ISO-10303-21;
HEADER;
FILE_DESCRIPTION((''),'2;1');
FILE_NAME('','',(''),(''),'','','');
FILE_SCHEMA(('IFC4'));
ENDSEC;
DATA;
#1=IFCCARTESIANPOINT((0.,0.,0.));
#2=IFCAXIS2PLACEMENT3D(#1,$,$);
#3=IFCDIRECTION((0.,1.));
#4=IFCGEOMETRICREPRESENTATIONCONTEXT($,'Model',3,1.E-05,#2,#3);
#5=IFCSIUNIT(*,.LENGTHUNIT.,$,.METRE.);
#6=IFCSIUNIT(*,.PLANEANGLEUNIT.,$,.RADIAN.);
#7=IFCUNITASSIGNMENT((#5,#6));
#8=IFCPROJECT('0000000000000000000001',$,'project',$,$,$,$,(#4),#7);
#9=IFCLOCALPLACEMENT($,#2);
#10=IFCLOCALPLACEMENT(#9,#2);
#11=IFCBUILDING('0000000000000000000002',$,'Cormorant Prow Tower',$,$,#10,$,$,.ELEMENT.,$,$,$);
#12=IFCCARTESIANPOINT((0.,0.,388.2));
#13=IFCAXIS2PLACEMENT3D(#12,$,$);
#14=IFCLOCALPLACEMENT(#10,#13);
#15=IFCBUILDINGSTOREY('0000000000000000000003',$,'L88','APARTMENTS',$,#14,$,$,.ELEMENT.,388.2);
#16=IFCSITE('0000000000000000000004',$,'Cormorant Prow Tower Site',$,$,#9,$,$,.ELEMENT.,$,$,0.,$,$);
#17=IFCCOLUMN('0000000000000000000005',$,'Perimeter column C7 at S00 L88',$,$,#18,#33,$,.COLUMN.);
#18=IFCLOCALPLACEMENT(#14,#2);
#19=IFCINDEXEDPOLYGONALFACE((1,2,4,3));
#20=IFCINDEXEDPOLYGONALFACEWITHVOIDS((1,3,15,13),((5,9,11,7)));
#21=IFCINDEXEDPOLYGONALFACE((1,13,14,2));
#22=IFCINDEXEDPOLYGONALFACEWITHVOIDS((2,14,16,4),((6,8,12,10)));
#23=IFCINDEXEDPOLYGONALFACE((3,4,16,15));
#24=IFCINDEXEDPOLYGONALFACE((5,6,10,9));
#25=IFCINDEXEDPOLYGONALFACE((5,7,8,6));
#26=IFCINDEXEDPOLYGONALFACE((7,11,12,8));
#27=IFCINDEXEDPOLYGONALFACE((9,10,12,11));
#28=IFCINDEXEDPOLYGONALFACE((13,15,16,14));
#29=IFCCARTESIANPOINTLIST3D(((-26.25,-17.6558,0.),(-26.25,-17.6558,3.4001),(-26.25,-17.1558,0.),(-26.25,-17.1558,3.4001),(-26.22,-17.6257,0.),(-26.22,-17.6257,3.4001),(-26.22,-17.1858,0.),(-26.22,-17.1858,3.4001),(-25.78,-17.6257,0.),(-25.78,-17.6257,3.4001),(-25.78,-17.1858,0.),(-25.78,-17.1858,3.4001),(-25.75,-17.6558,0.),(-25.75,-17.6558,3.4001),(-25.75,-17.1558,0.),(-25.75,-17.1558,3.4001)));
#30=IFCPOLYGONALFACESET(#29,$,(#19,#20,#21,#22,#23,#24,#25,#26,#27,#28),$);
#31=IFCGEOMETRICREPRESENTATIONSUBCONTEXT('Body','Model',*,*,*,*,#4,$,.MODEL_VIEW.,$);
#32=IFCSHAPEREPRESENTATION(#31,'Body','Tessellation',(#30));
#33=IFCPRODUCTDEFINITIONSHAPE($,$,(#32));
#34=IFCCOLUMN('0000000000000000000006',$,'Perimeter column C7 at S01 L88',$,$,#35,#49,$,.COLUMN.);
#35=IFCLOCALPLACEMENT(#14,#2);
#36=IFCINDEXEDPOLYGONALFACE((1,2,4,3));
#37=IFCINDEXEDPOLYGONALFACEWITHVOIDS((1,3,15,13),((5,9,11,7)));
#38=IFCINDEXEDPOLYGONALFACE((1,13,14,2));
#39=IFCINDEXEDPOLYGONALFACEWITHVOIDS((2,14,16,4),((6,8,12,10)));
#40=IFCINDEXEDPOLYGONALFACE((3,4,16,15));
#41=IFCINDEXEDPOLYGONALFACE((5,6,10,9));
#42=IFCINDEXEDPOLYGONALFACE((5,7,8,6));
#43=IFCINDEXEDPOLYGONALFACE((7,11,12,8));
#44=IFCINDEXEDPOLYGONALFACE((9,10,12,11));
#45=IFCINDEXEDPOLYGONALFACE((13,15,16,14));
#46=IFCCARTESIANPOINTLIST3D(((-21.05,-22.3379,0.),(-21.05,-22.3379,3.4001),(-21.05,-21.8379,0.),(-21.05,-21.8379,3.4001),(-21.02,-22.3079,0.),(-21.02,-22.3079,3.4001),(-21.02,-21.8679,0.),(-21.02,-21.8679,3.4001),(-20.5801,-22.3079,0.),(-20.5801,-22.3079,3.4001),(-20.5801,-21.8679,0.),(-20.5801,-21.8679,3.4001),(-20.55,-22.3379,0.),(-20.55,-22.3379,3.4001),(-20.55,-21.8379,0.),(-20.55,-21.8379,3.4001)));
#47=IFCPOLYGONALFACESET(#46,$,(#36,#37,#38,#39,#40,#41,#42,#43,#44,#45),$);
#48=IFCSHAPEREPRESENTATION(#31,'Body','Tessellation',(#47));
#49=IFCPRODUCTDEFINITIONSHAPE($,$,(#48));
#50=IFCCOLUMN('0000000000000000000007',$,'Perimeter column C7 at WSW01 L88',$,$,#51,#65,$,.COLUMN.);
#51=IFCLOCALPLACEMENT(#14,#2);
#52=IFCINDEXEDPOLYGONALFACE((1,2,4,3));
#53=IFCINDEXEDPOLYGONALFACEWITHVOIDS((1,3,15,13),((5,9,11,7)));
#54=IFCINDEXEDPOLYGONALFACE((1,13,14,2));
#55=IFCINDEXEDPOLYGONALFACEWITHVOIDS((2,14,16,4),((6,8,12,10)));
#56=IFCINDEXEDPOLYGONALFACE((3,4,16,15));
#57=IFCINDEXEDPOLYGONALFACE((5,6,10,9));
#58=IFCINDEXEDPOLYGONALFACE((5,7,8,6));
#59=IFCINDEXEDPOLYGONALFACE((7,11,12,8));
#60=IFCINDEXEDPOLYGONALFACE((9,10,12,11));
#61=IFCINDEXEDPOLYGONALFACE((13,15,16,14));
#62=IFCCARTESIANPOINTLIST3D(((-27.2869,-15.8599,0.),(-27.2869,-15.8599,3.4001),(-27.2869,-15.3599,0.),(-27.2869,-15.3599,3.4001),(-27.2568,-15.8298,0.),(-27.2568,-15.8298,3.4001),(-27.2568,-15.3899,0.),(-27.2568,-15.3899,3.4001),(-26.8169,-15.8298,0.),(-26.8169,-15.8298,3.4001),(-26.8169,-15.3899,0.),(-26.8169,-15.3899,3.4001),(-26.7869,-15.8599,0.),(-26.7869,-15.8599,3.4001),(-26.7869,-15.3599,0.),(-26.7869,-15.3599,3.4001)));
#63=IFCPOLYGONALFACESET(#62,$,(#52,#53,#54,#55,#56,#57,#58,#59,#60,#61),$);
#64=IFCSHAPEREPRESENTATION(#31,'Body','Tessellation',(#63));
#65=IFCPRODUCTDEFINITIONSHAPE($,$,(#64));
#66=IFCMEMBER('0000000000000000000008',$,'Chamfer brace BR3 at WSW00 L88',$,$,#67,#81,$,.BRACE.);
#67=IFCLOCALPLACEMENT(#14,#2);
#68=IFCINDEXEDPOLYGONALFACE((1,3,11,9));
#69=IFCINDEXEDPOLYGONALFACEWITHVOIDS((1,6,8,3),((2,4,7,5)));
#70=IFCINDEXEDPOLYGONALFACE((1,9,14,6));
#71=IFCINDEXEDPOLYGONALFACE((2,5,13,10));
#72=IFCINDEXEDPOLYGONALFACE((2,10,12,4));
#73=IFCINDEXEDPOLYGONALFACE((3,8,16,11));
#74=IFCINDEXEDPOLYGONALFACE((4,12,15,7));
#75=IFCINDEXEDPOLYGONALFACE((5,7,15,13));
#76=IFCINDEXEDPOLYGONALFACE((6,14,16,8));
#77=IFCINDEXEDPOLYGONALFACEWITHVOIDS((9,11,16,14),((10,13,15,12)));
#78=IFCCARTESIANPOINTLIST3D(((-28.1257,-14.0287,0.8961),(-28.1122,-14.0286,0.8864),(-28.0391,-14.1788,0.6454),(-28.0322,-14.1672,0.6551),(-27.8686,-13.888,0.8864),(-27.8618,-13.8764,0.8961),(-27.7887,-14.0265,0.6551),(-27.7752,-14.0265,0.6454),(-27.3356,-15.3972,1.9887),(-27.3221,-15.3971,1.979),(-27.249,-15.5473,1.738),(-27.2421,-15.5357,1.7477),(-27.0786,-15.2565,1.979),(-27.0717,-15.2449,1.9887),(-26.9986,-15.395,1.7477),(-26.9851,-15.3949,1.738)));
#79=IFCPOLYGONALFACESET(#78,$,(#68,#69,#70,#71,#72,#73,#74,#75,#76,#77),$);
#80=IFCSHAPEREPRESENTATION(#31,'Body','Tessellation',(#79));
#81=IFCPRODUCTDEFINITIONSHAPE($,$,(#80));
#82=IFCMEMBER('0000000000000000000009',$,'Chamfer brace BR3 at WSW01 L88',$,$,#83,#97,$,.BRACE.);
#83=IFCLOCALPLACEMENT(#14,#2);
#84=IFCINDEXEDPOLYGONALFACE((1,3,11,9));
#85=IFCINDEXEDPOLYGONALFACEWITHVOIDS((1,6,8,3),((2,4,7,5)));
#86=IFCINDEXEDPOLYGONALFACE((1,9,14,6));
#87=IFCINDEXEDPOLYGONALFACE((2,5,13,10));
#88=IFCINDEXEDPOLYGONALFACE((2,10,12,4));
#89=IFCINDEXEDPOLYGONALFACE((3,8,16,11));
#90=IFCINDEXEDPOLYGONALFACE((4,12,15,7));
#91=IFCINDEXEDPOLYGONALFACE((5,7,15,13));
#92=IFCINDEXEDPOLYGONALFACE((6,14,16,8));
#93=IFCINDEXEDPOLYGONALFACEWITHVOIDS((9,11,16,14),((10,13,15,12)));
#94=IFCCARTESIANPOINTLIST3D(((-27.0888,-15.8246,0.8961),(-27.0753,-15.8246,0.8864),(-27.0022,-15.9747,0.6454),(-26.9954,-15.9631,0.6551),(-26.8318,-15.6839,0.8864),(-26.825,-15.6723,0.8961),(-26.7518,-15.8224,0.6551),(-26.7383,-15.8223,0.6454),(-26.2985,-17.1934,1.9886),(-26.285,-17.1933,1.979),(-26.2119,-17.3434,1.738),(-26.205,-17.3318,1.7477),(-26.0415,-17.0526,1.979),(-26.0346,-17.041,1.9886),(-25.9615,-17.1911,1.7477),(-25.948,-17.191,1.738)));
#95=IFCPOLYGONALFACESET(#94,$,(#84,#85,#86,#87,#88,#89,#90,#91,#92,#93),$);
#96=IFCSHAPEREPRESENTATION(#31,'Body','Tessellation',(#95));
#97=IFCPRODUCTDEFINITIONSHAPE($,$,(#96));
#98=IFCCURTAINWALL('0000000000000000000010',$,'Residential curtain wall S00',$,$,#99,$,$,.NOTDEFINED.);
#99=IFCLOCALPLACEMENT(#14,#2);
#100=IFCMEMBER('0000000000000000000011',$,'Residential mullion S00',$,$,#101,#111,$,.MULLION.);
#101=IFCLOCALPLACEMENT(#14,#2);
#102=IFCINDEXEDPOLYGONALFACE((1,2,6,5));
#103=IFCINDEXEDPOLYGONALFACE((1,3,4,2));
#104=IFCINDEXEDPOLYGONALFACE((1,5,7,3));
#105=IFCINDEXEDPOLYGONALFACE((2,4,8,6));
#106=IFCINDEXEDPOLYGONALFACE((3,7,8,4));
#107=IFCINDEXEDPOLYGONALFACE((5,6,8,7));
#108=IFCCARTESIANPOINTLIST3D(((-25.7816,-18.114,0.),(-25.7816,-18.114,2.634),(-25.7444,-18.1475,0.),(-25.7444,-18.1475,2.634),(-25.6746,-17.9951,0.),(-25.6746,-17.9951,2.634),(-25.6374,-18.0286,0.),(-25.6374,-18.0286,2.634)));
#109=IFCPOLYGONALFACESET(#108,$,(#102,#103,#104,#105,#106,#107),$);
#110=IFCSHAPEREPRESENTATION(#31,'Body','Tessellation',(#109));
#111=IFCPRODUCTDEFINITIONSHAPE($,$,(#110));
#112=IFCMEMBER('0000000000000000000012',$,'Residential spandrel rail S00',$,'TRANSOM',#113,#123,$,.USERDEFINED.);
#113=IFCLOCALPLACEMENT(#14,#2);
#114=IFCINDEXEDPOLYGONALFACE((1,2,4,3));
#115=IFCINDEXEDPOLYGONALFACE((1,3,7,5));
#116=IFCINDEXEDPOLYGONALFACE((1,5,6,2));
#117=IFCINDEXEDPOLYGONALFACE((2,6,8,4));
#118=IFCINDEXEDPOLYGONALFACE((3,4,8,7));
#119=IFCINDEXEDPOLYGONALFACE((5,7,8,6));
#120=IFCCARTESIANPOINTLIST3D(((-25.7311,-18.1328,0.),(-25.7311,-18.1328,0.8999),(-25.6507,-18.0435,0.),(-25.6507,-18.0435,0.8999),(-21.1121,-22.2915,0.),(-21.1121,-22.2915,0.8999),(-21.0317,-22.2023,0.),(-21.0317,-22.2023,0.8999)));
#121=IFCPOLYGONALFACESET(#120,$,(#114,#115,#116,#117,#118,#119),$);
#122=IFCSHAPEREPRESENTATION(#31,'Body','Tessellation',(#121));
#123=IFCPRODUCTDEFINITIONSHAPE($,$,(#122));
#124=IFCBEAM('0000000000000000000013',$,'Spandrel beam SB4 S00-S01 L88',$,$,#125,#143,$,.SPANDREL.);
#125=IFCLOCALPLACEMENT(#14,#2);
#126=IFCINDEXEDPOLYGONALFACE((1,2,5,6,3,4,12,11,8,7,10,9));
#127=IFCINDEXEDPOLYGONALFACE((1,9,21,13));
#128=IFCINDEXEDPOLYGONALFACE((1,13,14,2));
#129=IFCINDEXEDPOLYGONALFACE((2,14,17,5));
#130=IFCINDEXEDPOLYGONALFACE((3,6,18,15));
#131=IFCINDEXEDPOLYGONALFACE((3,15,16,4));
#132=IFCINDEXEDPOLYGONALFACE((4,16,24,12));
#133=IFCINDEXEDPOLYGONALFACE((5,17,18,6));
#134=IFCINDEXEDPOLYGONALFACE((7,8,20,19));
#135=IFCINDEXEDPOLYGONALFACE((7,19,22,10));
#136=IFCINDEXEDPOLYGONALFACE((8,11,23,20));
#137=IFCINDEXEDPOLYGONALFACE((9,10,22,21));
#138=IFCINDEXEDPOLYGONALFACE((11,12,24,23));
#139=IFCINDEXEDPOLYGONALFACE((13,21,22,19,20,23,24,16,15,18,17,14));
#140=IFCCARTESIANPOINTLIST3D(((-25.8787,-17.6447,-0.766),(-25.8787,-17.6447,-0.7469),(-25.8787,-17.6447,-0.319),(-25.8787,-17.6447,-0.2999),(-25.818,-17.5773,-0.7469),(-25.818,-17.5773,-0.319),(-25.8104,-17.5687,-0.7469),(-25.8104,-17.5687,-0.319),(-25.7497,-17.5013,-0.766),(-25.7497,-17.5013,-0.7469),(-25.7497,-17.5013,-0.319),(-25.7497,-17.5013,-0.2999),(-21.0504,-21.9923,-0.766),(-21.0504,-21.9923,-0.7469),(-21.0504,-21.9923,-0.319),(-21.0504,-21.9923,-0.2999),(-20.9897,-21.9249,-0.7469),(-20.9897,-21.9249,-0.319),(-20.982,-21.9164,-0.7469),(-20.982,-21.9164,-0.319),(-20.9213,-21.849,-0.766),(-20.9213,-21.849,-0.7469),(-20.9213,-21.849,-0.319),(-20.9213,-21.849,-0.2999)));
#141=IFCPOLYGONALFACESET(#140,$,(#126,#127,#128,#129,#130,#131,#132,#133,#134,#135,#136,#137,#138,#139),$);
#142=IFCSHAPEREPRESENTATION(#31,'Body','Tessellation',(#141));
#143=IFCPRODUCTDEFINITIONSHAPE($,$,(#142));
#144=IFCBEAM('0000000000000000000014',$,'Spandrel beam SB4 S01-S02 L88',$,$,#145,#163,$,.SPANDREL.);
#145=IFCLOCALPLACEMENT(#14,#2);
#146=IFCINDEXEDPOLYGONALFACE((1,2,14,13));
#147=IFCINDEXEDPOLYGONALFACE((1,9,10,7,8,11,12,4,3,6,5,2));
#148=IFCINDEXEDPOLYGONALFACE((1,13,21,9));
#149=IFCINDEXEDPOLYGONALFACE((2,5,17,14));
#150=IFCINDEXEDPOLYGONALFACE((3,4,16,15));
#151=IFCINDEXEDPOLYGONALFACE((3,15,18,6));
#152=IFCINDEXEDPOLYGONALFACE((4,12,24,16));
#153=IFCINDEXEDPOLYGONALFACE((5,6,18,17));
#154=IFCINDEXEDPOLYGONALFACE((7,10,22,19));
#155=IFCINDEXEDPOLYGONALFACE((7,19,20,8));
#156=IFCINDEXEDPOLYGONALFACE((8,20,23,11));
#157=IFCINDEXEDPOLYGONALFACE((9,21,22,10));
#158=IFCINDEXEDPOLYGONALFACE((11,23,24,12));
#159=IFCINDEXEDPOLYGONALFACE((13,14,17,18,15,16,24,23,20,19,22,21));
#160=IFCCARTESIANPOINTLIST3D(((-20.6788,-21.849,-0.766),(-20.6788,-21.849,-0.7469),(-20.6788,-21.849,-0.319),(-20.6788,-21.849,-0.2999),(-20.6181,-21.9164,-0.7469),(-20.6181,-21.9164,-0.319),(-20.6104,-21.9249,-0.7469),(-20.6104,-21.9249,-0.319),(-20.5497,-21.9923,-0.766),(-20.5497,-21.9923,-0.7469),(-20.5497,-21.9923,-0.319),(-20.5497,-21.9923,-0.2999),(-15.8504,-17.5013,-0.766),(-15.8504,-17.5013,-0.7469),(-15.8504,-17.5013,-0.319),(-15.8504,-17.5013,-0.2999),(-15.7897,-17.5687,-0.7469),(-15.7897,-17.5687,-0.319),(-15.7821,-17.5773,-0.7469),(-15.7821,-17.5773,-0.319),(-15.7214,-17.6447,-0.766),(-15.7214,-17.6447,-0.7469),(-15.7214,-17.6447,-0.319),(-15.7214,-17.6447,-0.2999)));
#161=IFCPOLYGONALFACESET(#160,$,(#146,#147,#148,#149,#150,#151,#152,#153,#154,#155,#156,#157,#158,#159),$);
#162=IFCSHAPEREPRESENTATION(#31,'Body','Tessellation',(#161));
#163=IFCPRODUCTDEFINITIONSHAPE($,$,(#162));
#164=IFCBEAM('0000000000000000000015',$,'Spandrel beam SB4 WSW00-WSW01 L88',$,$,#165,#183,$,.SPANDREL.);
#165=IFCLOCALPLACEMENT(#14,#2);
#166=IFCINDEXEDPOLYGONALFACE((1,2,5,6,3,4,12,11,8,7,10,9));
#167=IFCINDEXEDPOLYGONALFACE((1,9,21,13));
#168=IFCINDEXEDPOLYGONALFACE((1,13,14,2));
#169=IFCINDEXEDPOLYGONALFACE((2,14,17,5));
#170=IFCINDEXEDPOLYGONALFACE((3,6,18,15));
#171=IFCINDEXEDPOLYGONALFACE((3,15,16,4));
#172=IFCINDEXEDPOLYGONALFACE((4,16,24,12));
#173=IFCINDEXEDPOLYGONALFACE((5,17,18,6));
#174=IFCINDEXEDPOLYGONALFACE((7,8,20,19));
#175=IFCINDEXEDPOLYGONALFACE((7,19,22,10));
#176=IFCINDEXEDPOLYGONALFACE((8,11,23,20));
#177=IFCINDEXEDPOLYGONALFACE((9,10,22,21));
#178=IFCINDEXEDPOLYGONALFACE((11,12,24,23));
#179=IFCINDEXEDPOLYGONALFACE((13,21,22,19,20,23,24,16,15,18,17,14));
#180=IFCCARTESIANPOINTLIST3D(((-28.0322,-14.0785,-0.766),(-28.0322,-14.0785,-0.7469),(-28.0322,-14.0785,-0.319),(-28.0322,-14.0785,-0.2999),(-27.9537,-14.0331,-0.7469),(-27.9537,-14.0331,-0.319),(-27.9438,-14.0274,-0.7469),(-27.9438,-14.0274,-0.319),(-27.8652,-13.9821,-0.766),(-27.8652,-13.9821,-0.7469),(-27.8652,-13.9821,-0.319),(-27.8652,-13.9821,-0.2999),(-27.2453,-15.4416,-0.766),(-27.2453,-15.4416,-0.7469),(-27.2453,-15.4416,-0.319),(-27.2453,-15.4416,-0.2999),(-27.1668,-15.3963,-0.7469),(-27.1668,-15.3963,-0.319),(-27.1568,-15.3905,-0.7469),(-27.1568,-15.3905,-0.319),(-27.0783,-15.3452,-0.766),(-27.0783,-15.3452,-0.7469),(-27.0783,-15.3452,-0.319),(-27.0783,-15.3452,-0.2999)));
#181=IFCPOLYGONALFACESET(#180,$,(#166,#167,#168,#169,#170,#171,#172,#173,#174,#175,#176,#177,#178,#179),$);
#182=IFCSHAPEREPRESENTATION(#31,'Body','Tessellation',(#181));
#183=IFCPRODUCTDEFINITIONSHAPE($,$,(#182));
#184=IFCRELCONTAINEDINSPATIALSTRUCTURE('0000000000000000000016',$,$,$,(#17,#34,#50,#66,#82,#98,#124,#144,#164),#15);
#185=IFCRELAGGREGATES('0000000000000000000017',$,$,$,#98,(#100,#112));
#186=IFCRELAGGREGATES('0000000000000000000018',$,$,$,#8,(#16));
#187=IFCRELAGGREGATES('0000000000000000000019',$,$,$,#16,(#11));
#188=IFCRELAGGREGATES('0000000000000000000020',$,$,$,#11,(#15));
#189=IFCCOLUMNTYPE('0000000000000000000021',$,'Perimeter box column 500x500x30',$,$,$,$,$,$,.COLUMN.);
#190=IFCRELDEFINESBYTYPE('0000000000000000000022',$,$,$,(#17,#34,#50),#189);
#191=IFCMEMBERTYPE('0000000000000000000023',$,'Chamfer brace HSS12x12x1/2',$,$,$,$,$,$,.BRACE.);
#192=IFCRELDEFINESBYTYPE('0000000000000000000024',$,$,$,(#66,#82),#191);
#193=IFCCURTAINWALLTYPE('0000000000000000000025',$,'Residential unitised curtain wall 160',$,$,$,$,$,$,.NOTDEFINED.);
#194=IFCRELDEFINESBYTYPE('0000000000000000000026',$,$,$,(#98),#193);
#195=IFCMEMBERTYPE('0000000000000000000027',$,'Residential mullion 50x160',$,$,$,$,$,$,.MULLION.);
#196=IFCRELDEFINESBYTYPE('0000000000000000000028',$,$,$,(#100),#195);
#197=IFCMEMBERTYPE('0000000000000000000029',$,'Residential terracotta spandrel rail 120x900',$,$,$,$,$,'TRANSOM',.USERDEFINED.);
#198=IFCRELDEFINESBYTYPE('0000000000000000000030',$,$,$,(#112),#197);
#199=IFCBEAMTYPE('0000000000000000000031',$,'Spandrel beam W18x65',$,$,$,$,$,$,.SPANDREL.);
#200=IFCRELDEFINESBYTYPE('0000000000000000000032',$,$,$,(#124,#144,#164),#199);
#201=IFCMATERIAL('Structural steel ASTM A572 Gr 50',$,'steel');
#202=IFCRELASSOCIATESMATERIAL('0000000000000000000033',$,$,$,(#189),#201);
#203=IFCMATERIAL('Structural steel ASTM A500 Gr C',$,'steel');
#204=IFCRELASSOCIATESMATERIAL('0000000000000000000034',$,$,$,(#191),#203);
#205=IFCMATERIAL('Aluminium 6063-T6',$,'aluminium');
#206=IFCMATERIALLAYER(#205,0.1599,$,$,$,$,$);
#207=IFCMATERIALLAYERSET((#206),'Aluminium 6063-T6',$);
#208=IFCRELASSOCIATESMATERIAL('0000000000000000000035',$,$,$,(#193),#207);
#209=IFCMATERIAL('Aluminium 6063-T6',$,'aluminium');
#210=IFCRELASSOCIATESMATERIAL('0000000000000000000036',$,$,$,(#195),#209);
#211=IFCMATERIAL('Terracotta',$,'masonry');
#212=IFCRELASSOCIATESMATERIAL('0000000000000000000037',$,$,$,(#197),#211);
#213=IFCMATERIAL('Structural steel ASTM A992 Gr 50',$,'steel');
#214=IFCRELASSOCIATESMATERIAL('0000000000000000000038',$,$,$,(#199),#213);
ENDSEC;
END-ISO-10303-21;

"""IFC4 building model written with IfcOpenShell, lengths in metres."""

from ifc_helpers import new_model, si_unit, direction, frame, origin, origin_2d, place, context, subcontext, project, spatial, rectangle, hollow_rectangle, i_section, extrude, material, layer, layer_set, material_profile, profile_set, type_object, element, aggregate, save


model = new_model("IFC4")

# Units and contexts
model_context = context("Model", 3, precision=1e-05, world=origin(), true_north=direction((0.0, 1.0)))
body_context = subcontext(model_context, "Body", "Model", "MODEL_VIEW")
ifc_project = project(units=[si_unit("LENGTHUNIT", "METRE"), si_unit("PLANEANGLEUNIT", "RADIAN")], contexts=[model_context])

# Site, building, storey
site_placement = place(None, origin())
site = spatial("IfcSite", under=ifc_project, at=site_placement, Name="Cormorant Prow Tower Site", CompositionType="ELEMENT", RefElevation=0.0)
building_placement = place(site_placement, origin())
building = spatial("IfcBuilding", under=site, at=building_placement, Name="Cormorant Prow Tower", CompositionType="ELEMENT")
storey_placement = place(building_placement, frame((0.0, 0.0, 388.2)))
storey = spatial("IfcBuildingStorey", under=building, at=storey_placement, Name="L88", Description="APARTMENTS", CompositionType="ELEMENT", Elevation=388.2)

# Columns
ifc_material_1 = material(Name="Structural steel ASTM A572 Gr 50", Category="steel")
ifc_material_profile_1 = material_profile(ifc_material_1, hollow_rectangle(XDim=0.5, YDim=0.5, WallThickness=0.03, at=origin_2d()), Name="Box 500x500x30")
ifc_profile_set_1 = profile_set([ifc_material_profile_1], Name="Structural steel ASTM A572 Gr 50")
column_type = type_object("IfcColumnType", Name="Perimeter box column 500x500x30", PredefinedType="COLUMN", material=ifc_profile_set_1)
for number, where, z_axis, x_axis, name in (
    (1, (-26.0, -17.4058, 0.0), (0.0, 0.0, 1.0), (1.0, 0.0, 0.0), "Perimeter column C7 at S00 L88"),
    (2, (-20.8, -22.0879, 0.0), (0.0, 0.0, 1.0), (1.0, 0.0, 0.0), "Perimeter column C7 at S01 L88"),
    (3, (-27.0369, -15.6099, 0.0), (0.0, 0.0, 1.0), (1.0, 0.0, 0.0), "Perimeter column C7 at WSW01 L88"),
):
    element("IfcColumn", number, at=place(storey_placement, frame(where, z_axis=z_axis, x_axis=x_axis)), inside=storey, type_object=column_type, Name=name, PredefinedType="COLUMN", context=body_context, shape_type="SweptSolid", body=[
        extrude(hollow_rectangle(XDim=0.5, YDim=0.5, WallThickness=0.03, at=origin_2d()), origin(), (0.0, 0.0, 1.0), 3.4001),
    ])

# Members
ifc_material_2 = material(Name="Structural steel ASTM A500 Gr C", Category="steel")
ifc_material_profile_2 = material_profile(ifc_material_2, hollow_rectangle(XDim=0.3047, YDim=0.3047, WallThickness=0.0117, at=origin_2d()), Name="HSS12x12x1/2")
ifc_profile_set_2 = profile_set([ifc_material_profile_2], Name="Structural steel ASTM A500 Gr C")
member_type_1 = type_object("IfcMemberType", Name="Chamfer brace HSS12x12x1/2", PredefinedType="BRACE", material=ifc_profile_set_2)
member_1_placement = place(storey_placement, frame((-27.9504, -14.0276, 0.7708), z_axis=(0.41126, -0.712334, 0.568723), x_axis=(0.866029, 0.499994, 0.0)))
element("IfcMember", 4, at=member_1_placement, inside=storey, type_object=member_type_1, Name="Chamfer brace BR3 at WSW00 L88", PredefinedType="BRACE", context=body_context, shape_type="SweptSolid", body=[
    extrude(hollow_rectangle(XDim=0.3047, YDim=0.3047, WallThickness=0.0117, at=origin_2d()), origin(), (0.0, 0.0, 1.0), 1.9211),
])
member_2_placement = place(storey_placement, frame((-26.9136, -15.8235, 0.7708), z_axis=(0.411328, -0.712359, 0.568642), x_axis=(0.866, 0.500043, 0.0)))
element("IfcMember", 5, at=member_2_placement, inside=storey, type_object=member_type_1, Name="Chamfer brace BR3 at WSW01 L88", PredefinedType="BRACE", context=body_context, shape_type="SweptSolid", body=[
    extrude(hollow_rectangle(XDim=0.3047, YDim=0.3047, WallThickness=0.0117, at=origin_2d()), origin(), (0.0, 0.0, 1.0), 1.9214),
])

# Curtain wall, members
ifc_material_3 = material(Name="Aluminium 6063-T6", Category="aluminium")
ifc_layer_1 = layer(ifc_material_3, 0.1599)
ifc_layer_set_1 = layer_set([ifc_layer_1], Name="Aluminium 6063-T6")
curtain_wall_type = type_object("IfcCurtainWallType", Name="Residential unitised curtain wall 160", PredefinedType="NOTDEFINED", material=ifc_layer_set_1)
curtain_wall_placement = place(storey_placement, origin())
curtain_wall = element("IfcCurtainWall", 6, at=curtain_wall_placement, inside=storey, type_object=curtain_wall_type, Name="Residential curtain wall S00", PredefinedType="NOTDEFINED")
ifc_material_4 = material(Name="Aluminium 6063-T6", Category="aluminium")
ifc_material_profile_3 = material_profile(ifc_material_4, rectangle(XDim=0.1599, YDim=0.05, at=origin_2d()), Name="Residential mullion 50x160")
ifc_profile_set_3 = profile_set([ifc_material_profile_3], Name="Aluminium 6063-T6")
member_type_2 = type_object("IfcMemberType", Name="Residential mullion 50x160", PredefinedType="MULLION", material=ifc_profile_set_3)
member_3_placement = place(storey_placement, frame((-25.7095, -18.0713, 0.0), z_axis=(0.0, 0.0, 1.0), x_axis=(0.669131, 0.743145, 0.0)))
member_3 = element("IfcMember", 7, at=member_3_placement, type_object=member_type_2, Name="Residential mullion S00", PredefinedType="MULLION", context=body_context, shape_type="SweptSolid", body=[
    extrude(rectangle(XDim=0.1599, YDim=0.05, at=origin_2d()), origin(), (0.0, 0.0, 1.0), 2.634),
])
ifc_material_5 = material(Name="Terracotta", Category="masonry")
ifc_material_profile_4 = material_profile(ifc_material_5, rectangle(XDim=0.1201, YDim=0.8999, at=origin_2d()), Name="Residential terracotta spandrel rail 120x900")
ifc_profile_set_4 = profile_set([ifc_material_profile_4], Name="Terracotta")
member_type_3 = type_object("IfcMemberType", Name="Residential terracotta spandrel rail 120x900", ElementType="TRANSOM", PredefinedType="USERDEFINED", material=ifc_profile_set_4)
member_4_placement = place(storey_placement, frame((-25.6909, -18.0881, 0.45), z_axis=(0.743159, -0.669114, 0.0), x_axis=(0.669114, 0.743159, 0.0)))
member_4 = element("IfcMember", 8, at=member_4_placement, type_object=member_type_3, Name="Residential spandrel rail S00", ObjectType="TRANSOM", PredefinedType="USERDEFINED", context=body_context, shape_type="SweptSolid", body=[
    extrude(rectangle(XDim=0.1201, YDim=0.8999, at=origin_2d()), origin(), (0.0, 0.0, 1.0), 6.2153),
])

# Beams
ifc_material_6 = material(Name="Structural steel ASTM A992 Gr 50", Category="steel")
ifc_material_profile_5 = material_profile(ifc_material_6, i_section(OverallWidth=0.1929, OverallDepth=0.4661, WebThickness=0.0115, FlangeThickness=0.019, at=origin_2d()), Name="W18x65")
ifc_profile_set_5 = profile_set([ifc_material_profile_5], Name="Structural steel ASTM A992 Gr 50")
beam_type = type_object("IfcBeamType", Name="Spandrel beam W18x65", PredefinedType="SPANDREL", material=ifc_profile_set_5)
for number, where, z_axis, x_axis, name in (
    (9, (-25.8142, -17.573, -0.533), (0.743132, -0.669145, 0.0), (0.669145, 0.743132, 0.0), "Spandrel beam SB4 S00-S01 L88"),
    (10, (-20.6143, -21.9207, -0.533), (0.743132, 0.669145, 0.0), (-0.669145, 0.743132, 0.0), "Spandrel beam SB4 S01-S02 L88"),
):
    element("IfcBeam", number, at=place(storey_placement, frame(where, z_axis=z_axis, x_axis=x_axis)), inside=storey, type_object=beam_type, Name=name, PredefinedType="SPANDREL", context=body_context, shape_type="SweptSolid", body=[
        extrude(i_section(OverallWidth=0.1929, OverallDepth=0.4661, WebThickness=0.0115, FlangeThickness=0.019, at=origin_2d()), origin(), (0.0, 0.0, 1.0), 6.4973),
    ])
for number, where, z_axis, x_axis, name in (
    (11, (-27.9487, -14.0303, -0.533), (0.49996, -0.866049, 0.0), (0.866049, 0.49996, 0.0), "Spandrel beam SB4 WSW00-WSW01 L88"),
):
    element("IfcBeam", number, at=place(storey_placement, frame(where, z_axis=z_axis, x_axis=x_axis)), inside=storey, type_object=beam_type, Name=name, PredefinedType="SPANDREL", context=body_context, shape_type="SweptSolid", body=[
        extrude(i_section(OverallWidth=0.1929, OverallDepth=0.4661, WebThickness=0.0115, FlangeThickness=0.019, at=origin_2d()), origin(), (0.0, 0.0, 1.0), 1.574),
    ])

aggregate(curtain_wall, [member_3, member_4])

save(model, "model.ifc")
